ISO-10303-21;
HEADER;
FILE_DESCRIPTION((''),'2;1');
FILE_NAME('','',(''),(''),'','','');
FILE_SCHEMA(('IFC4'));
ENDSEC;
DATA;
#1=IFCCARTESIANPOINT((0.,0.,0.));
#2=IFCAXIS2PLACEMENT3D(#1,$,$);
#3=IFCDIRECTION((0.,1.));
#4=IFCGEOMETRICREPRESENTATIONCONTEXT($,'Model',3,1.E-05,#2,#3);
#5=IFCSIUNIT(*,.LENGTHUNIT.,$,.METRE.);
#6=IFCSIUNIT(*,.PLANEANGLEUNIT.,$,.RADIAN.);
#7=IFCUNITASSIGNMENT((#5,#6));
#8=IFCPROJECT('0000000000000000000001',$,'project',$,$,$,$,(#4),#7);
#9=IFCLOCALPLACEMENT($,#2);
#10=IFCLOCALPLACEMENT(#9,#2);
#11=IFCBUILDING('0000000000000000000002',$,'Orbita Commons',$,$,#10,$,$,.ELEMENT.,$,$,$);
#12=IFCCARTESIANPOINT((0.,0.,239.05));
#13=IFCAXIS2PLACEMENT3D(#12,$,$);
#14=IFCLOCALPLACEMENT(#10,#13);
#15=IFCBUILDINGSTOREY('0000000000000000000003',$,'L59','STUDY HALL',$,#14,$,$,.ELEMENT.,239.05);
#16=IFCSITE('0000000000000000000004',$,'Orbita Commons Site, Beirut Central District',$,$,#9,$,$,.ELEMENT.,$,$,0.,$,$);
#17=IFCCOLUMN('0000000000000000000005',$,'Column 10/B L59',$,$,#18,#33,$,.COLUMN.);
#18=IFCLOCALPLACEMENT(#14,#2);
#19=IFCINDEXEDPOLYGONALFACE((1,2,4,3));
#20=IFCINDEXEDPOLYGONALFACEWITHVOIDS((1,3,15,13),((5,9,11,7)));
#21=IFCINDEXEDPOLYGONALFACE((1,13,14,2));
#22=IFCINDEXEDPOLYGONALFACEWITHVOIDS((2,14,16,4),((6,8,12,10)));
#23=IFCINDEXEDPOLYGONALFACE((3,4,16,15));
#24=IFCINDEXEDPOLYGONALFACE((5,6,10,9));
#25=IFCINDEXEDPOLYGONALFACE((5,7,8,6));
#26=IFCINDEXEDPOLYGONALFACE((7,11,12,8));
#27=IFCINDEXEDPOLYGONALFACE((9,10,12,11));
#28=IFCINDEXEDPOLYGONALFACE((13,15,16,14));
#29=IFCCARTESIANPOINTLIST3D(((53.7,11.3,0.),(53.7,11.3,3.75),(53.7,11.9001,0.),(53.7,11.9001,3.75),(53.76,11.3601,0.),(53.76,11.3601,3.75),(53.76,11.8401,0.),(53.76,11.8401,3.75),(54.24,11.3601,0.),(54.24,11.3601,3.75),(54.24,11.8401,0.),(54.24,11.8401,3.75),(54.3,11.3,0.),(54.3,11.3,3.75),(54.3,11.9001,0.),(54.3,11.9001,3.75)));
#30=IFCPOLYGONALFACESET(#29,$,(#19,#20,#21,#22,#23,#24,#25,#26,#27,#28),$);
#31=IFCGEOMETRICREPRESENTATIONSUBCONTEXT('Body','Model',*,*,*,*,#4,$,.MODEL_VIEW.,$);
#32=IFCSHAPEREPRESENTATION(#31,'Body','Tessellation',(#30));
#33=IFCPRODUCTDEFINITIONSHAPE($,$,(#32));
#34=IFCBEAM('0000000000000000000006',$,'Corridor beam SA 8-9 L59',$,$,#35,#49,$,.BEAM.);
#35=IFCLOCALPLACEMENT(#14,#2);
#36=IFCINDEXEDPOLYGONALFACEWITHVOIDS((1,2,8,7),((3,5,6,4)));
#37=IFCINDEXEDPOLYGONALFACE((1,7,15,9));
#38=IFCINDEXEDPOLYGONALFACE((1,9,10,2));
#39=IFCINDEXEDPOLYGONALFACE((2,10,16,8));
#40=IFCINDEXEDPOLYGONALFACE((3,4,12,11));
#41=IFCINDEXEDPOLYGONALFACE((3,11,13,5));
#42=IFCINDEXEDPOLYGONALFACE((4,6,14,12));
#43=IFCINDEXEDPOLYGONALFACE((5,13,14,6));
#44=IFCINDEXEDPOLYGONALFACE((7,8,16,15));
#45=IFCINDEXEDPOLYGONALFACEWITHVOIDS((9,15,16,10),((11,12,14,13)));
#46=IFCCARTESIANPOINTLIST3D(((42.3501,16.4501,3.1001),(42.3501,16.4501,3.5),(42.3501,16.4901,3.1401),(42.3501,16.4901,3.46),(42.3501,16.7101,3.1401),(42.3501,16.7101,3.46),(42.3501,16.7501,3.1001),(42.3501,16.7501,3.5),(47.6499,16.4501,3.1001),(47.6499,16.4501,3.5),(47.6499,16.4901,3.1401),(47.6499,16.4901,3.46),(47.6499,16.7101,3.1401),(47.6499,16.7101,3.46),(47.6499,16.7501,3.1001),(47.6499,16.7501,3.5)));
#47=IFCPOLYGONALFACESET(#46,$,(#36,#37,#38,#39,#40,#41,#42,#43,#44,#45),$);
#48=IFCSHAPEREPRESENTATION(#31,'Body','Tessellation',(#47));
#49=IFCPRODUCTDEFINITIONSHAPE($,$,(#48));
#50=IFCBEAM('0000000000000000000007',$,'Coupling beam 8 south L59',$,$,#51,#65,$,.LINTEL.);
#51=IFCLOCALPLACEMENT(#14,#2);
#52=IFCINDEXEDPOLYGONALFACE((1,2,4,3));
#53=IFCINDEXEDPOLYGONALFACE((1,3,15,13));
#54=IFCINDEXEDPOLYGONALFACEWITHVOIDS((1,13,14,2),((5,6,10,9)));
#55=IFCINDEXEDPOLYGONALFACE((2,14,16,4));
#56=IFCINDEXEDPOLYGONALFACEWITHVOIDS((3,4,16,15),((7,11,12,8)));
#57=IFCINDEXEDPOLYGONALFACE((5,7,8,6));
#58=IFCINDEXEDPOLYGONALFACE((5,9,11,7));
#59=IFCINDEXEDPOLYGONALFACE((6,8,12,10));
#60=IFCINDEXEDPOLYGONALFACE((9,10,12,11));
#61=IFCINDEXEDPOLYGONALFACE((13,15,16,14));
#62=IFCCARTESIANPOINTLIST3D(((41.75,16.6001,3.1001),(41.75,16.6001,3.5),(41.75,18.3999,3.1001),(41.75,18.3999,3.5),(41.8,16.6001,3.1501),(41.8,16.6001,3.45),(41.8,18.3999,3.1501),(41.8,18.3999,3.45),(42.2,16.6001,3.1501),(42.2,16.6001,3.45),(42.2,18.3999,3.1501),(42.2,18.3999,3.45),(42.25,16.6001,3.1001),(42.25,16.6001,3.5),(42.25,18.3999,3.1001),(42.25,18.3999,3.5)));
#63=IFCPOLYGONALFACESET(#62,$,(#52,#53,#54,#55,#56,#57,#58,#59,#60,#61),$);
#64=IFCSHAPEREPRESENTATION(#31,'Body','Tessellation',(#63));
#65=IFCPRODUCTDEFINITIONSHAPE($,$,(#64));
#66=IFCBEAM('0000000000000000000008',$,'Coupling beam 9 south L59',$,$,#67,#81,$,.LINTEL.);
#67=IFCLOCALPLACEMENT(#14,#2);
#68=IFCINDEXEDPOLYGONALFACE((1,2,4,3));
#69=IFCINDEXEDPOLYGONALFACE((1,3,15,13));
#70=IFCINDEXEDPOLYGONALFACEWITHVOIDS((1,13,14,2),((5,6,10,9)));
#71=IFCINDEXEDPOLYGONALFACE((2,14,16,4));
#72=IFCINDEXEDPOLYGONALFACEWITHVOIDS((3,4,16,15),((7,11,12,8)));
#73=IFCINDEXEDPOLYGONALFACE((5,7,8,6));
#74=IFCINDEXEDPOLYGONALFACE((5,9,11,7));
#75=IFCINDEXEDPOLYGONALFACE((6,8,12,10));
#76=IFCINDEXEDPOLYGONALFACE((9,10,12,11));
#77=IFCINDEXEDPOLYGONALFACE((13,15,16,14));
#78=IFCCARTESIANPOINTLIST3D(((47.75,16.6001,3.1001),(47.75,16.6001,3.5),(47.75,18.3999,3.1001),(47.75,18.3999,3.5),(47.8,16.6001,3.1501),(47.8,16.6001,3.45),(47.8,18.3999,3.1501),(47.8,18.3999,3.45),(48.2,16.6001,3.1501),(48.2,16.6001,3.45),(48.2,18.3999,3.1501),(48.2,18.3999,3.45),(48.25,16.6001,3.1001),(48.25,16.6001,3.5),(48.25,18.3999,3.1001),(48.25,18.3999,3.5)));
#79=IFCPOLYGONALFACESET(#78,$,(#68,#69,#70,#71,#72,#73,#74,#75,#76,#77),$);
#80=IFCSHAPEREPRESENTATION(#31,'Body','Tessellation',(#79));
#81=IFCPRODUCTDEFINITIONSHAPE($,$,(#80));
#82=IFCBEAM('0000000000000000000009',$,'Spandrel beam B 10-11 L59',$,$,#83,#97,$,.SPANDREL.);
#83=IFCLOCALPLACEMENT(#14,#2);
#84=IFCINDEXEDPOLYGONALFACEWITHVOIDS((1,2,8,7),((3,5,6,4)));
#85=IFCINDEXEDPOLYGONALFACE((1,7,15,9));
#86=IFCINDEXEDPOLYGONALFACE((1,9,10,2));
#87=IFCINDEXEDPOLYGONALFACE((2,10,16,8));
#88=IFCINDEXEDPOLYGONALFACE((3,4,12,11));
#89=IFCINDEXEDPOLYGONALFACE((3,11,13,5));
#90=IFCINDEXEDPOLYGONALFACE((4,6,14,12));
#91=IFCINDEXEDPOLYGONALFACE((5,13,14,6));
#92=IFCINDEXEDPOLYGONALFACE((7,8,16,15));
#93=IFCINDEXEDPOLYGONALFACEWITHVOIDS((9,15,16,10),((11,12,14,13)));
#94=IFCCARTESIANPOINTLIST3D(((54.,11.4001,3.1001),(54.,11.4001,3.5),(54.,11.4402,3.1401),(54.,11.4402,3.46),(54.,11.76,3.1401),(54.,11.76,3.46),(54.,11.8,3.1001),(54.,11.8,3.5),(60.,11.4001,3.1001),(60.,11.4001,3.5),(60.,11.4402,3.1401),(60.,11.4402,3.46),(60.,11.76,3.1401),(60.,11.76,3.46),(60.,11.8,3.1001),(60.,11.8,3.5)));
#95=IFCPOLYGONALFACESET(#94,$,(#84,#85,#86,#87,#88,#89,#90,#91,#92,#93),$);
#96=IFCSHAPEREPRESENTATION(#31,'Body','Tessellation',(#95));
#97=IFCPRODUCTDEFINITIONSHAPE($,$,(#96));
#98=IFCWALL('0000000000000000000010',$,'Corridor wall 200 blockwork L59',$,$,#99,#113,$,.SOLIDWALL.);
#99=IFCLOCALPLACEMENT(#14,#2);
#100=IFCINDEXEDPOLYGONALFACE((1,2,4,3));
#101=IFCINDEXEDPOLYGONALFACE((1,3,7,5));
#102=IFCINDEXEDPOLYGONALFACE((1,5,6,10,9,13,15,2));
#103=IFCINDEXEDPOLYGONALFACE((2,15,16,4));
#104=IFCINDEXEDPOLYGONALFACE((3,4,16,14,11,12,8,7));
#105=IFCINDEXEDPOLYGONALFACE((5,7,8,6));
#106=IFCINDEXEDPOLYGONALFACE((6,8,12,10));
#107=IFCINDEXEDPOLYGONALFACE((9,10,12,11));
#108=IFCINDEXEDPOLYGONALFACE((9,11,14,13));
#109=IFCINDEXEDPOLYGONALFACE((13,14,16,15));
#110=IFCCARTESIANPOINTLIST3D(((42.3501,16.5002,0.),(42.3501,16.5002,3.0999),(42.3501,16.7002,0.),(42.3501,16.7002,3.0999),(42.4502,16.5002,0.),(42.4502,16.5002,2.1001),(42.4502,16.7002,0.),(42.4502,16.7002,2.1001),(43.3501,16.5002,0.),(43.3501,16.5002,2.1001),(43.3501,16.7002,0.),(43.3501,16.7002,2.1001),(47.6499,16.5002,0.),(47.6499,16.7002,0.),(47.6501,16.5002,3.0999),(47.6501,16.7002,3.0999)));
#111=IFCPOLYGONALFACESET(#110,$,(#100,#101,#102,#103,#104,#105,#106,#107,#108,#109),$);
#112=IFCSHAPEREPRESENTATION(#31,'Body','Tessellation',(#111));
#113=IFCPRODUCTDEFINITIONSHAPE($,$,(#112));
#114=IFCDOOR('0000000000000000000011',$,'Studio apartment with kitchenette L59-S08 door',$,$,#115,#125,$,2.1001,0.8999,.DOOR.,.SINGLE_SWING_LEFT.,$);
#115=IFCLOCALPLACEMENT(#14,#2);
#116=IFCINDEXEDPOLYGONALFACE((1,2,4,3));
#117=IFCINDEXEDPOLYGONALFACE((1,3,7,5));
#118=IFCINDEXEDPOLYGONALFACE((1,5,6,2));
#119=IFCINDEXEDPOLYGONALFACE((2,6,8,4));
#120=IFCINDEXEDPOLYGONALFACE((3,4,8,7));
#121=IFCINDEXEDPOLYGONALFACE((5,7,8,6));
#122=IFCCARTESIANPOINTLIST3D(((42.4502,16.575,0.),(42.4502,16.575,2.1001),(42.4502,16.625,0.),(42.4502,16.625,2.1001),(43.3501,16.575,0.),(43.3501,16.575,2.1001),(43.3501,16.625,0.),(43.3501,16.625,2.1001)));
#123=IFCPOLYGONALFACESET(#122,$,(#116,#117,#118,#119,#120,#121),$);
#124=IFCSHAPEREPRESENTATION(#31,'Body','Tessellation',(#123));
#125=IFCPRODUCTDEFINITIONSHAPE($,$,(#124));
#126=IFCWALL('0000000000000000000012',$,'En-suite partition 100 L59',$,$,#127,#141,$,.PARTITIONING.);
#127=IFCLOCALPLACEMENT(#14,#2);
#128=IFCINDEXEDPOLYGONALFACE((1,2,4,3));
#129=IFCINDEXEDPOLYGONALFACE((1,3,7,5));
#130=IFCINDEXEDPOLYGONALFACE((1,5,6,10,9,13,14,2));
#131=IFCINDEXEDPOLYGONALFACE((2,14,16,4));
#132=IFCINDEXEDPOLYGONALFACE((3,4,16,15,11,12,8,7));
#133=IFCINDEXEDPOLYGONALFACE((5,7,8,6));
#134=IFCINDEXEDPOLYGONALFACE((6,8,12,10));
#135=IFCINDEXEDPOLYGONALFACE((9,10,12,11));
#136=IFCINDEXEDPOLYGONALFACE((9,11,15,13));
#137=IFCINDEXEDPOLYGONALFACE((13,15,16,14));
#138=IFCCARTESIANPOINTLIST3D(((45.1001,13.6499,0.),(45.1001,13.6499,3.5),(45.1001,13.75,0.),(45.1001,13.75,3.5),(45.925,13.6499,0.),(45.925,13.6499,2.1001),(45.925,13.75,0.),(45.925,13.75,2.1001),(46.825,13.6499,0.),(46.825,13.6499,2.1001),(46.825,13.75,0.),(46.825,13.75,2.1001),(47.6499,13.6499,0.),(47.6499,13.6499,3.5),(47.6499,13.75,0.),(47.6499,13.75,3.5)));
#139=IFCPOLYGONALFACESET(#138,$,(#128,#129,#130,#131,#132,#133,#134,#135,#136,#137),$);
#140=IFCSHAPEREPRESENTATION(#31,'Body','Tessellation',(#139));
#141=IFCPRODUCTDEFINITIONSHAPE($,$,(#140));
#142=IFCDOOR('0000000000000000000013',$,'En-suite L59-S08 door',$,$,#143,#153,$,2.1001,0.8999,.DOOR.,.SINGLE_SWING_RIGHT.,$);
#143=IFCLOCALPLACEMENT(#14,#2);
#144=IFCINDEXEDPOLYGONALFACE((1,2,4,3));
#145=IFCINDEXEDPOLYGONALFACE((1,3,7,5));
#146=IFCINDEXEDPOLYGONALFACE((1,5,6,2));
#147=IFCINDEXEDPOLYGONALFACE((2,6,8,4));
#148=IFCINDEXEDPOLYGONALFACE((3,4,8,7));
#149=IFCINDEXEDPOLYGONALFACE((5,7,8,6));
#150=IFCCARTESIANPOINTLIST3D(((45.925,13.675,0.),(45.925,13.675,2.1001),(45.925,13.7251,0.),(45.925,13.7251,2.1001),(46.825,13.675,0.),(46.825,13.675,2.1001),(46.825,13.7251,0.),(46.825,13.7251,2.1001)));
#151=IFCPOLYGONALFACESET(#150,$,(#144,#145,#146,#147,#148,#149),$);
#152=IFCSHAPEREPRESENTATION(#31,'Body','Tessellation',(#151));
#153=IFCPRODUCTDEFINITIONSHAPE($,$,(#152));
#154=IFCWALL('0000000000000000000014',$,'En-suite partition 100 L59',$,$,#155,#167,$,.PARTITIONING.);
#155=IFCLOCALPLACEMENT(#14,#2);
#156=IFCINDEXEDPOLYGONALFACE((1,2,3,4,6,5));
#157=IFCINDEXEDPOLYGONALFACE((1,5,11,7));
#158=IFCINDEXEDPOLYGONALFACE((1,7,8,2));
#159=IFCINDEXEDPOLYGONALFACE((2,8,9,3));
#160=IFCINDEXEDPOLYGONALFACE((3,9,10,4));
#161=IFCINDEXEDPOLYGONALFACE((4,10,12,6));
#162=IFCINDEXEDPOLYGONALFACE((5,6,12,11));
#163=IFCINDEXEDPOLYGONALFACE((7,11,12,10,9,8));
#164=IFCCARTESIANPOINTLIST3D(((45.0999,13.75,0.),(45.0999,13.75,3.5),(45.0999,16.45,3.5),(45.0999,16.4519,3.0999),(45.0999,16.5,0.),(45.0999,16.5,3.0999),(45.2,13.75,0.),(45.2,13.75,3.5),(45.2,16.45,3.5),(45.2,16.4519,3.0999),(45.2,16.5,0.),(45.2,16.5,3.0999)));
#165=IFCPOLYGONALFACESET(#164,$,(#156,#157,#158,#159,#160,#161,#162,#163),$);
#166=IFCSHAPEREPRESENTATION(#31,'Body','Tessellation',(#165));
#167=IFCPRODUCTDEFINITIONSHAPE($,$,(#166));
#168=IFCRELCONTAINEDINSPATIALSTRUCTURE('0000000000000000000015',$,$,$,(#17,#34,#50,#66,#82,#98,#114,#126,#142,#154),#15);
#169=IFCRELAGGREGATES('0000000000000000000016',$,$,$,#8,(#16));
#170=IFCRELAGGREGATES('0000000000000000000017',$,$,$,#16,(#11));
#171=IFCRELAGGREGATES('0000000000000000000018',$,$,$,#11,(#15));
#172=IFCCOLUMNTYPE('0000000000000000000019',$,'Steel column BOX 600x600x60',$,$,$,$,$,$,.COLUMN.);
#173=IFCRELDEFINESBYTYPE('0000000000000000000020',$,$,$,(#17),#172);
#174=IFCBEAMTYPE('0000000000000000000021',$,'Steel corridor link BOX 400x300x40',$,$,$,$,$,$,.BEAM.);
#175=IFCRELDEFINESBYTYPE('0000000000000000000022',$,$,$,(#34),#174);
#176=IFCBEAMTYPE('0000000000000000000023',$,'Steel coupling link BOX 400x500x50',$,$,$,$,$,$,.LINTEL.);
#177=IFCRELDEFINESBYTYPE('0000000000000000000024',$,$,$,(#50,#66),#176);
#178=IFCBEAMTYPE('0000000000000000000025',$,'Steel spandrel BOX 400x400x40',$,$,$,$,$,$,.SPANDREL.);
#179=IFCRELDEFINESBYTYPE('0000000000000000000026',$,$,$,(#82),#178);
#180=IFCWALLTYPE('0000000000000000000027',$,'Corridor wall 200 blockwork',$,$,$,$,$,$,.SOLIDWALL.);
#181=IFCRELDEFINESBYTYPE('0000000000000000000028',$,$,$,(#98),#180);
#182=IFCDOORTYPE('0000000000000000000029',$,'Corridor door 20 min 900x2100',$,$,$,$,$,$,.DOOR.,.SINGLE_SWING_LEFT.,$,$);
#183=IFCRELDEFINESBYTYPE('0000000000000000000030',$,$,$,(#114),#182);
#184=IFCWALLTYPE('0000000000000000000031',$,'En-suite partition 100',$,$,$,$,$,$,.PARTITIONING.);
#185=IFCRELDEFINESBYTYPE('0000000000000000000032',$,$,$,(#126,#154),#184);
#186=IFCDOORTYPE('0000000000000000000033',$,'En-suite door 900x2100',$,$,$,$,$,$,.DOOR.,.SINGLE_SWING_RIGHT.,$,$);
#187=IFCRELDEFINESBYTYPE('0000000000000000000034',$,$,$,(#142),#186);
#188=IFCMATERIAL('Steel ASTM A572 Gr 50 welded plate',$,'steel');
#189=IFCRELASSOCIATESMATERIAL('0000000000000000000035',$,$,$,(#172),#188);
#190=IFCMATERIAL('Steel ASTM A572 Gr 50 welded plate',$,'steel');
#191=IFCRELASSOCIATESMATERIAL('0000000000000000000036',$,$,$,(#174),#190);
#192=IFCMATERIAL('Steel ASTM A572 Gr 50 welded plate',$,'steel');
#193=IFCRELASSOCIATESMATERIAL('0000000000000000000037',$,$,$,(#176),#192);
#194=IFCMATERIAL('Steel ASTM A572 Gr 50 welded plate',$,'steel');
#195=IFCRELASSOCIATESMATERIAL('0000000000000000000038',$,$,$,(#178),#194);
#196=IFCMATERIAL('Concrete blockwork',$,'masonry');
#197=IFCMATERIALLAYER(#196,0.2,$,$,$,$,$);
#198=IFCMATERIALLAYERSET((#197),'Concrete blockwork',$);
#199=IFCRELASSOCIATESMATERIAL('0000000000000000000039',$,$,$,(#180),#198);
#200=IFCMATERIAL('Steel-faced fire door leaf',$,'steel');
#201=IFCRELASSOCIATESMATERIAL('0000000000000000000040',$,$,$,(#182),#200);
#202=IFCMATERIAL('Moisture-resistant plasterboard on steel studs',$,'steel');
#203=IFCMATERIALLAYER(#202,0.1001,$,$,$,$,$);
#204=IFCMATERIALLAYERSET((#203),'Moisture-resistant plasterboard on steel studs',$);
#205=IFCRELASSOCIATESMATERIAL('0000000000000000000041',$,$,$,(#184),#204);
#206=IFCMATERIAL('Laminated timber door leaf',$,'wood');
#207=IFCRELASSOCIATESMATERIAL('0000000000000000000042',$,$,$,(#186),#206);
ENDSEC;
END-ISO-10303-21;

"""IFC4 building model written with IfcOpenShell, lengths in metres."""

from ifc_helpers import new_model, si_unit, direction, frame, frame_2d, origin, origin_2d, place, context, subcontext, project, spatial, polyline, rectangle, hollow_rectangle, outline, extrude, material, layer, layer_set, material_profile, profile_set, type_object, element, fill, save


model = new_model("IFC4")

# Units and contexts
model_context = context("Model", 3, precision=1e-05, world=origin(), true_north=direction((0.0, 1.0)))
body_context = subcontext(model_context, "Body", "Model", "MODEL_VIEW")
ifc_project = project(units=[si_unit("LENGTHUNIT", "METRE"), si_unit("PLANEANGLEUNIT", "RADIAN")], contexts=[model_context])

# Site, building, storey
site_placement = place(None, origin())
site = spatial("IfcSite", under=ifc_project, at=site_placement, Name="Orbita Commons Site, Beirut Central District", CompositionType="ELEMENT", RefElevation=0.0)
building_placement = place(site_placement, origin())
building = spatial("IfcBuilding", under=site, at=building_placement, Name="Orbita Commons", CompositionType="ELEMENT")
storey_placement = place(building_placement, frame((0.0, 0.0, 239.05)))
storey = spatial("IfcBuildingStorey", under=building, at=storey_placement, Name="L59", Description="STUDY HALL", CompositionType="ELEMENT", Elevation=239.05)

# Column
ifc_material_1 = material(Name="Steel ASTM A572 Gr 50 welded plate", Category="steel")
ifc_material_profile_1 = material_profile(ifc_material_1, hollow_rectangle(XDim=0.6001, YDim=0.6001, WallThickness=0.0601, at=origin_2d()), Name="BOX 600x600x60")
ifc_profile_set_1 = profile_set([ifc_material_profile_1], Name="Steel ASTM A572 Gr 50 welded plate")
column_type = type_object("IfcColumnType", Name="Steel column BOX 600x600x60", PredefinedType="COLUMN", material=ifc_profile_set_1)
column_placement = place(storey_placement, frame((54.0, 11.6001, 0.0), z_axis=(0.0, 0.0, 1.0), x_axis=(1.0, 0.0, 0.0)))
element("IfcColumn", 1, at=column_placement, inside=storey, type_object=column_type, Name="Column 10/B L59", PredefinedType="COLUMN", context=body_context, shape_type="SweptSolid", body=[
    extrude(hollow_rectangle(XDim=0.6001, YDim=0.6001, WallThickness=0.0601, at=origin_2d()), origin(), (0.0, 0.0, 1.0), 3.75),
])

# Beams
ifc_material_2 = material(Name="Steel ASTM A572 Gr 50 welded plate", Category="steel")
ifc_material_profile_2 = material_profile(ifc_material_2, hollow_rectangle(XDim=0.3, YDim=0.3999, WallThickness=0.04, at=origin_2d()), Name="BOX 400x300x40")
ifc_profile_set_2 = profile_set([ifc_material_profile_2], Name="Steel ASTM A572 Gr 50 welded plate")
beam_type_1 = type_object("IfcBeamType", Name="Steel corridor link BOX 400x300x40", PredefinedType="BEAM", material=ifc_profile_set_2)
beam_1_placement = place(storey_placement, frame((42.3501, 16.6001, 3.3), z_axis=(1.0, 0.0, 0.0), x_axis=(0.0, 1.0, 0.0)))
element("IfcBeam", 2, at=beam_1_placement, inside=storey, type_object=beam_type_1, Name="Corridor beam SA 8-9 L59", PredefinedType="BEAM", context=body_context, shape_type="SweptSolid", body=[
    extrude(hollow_rectangle(XDim=0.3, YDim=0.3999, WallThickness=0.04, at=origin_2d()), origin(), (0.0, 0.0, 1.0), 5.2998),
])
ifc_material_3 = material(Name="Steel ASTM A572 Gr 50 welded plate", Category="steel")
ifc_material_profile_3 = material_profile(ifc_material_3, hollow_rectangle(XDim=0.5, YDim=0.3999, WallThickness=0.05, at=origin_2d()), Name="BOX 400x500x50")
ifc_profile_set_3 = profile_set([ifc_material_profile_3], Name="Steel ASTM A572 Gr 50 welded plate")
beam_type_2 = type_object("IfcBeamType", Name="Steel coupling link BOX 400x500x50", PredefinedType="LINTEL", material=ifc_profile_set_3)
for number, where, z_axis, x_axis, name in (
    (3, (42.0, 16.6001, 3.3), (0.0, 1.0, 0.0), (-1.0, 0.0, 0.0), "Coupling beam 8 south L59"),
    (4, (48.0, 16.6001, 3.3), (0.0, 1.0, 0.0), (-1.0, 0.0, 0.0), "Coupling beam 9 south L59"),
):
    element("IfcBeam", number, at=place(storey_placement, frame(where, z_axis=z_axis, x_axis=x_axis)), inside=storey, type_object=beam_type_2, Name=name, PredefinedType="LINTEL", context=body_context, shape_type="SweptSolid", body=[
        extrude(hollow_rectangle(XDim=0.5, YDim=0.3999, WallThickness=0.05, at=origin_2d()), origin(), (0.0, 0.0, 1.0), 1.7998),
    ])
ifc_material_4 = material(Name="Steel ASTM A572 Gr 50 welded plate", Category="steel")
ifc_material_profile_4 = material_profile(ifc_material_4, hollow_rectangle(XDim=0.3999, YDim=0.3999, WallThickness=0.04, at=origin_2d()), Name="BOX 400x400x40")
ifc_profile_set_4 = profile_set([ifc_material_profile_4], Name="Steel ASTM A572 Gr 50 welded plate")
beam_type_3 = type_object("IfcBeamType", Name="Steel spandrel BOX 400x400x40", PredefinedType="SPANDREL", material=ifc_profile_set_4)
beam_2_placement = place(storey_placement, frame((54.0, 11.6001, 3.3), z_axis=(1.0, 0.0, 0.0), x_axis=(0.0, 1.0, 0.0)))
element("IfcBeam", 5, at=beam_2_placement, inside=storey, type_object=beam_type_3, Name="Spandrel beam B 10-11 L59", PredefinedType="SPANDREL", context=body_context, shape_type="SweptSolid", body=[
    extrude(hollow_rectangle(XDim=0.3999, YDim=0.3999, WallThickness=0.04, at=origin_2d()), origin(), (0.0, 0.0, 1.0), 6.0),
])

# Walls, openings, doors
ifc_material_5 = material(Name="Concrete blockwork", Category="masonry")
ifc_layer_1 = layer(ifc_material_5, 0.2)
ifc_layer_set_1 = layer_set([ifc_layer_1], Name="Concrete blockwork")
wall_type_1 = type_object("IfcWallType", Name="Corridor wall 200 blockwork", PredefinedType="SOLIDWALL", material=ifc_layer_set_1)
wall_1_placement = place(storey_placement, frame((42.3501, 16.6001, 0.0), z_axis=(0.0, 0.0, 1.0), x_axis=(1.0, 0.0, 0.0)))
wall_1 = element("IfcWall", 6, at=wall_1_placement, inside=storey, type_object=wall_type_1, Name="Corridor wall 200 blockwork L59", PredefinedType="SOLIDWALL", context=body_context, shape_type="SweptSolid", body=[
    extrude(outline(polyline([(0.0, 0.0), (5.2998, 0.0), (5.3, 3.0999), (0.0, 3.0999), (0.0, 0.0)])), frame((0.0, 0.1001, 0.0), z_axis=(0.0, -1.0, 0.0), x_axis=(1.0, 0.0, 0.0)), (0.0, 0.0, 1.0), 0.2),
])
opening_1_placement = place(wall_1_placement, frame((0.1001, 0.0, 0.0)))
opening_1 = element("IfcOpeningElement", 7, at=opening_1_placement, cuts=wall_1, PredefinedType="OPENING", context=body_context, shape_type="SweptSolid", body=[
    extrude(rectangle(XDim=0.8999, YDim=2.1001, at=frame_2d((0.45, 1.05))), frame((0.0, 0.1099, 0.0), z_axis=(0.0, -1.0, 0.0), x_axis=(1.0, 0.0, 0.0)), (0.0, 0.0, 1.0), 0.22),
])
ifc_material_6 = material(Name="Steel-faced fire door leaf", Category="steel")
door_type_1 = type_object("IfcDoorType", Name="Corridor door 20 min 900x2100", OperationType="SINGLE_SWING_LEFT", PredefinedType="DOOR", material=ifc_material_6)
door_1_placement = place(opening_1_placement, origin())
door_1 = element("IfcDoor", 8, at=door_1_placement, inside=storey, type_object=door_type_1, Name="Studio apartment with kitchenette L59-S08 door", OperationType="SINGLE_SWING_LEFT", OverallHeight=2.1001, OverallWidth=0.8999, PredefinedType="DOOR", context=body_context, shape_type="SweptSolid", body=[
    extrude(rectangle(XDim=0.8999, YDim=2.1001, at=frame_2d((0.45, 1.05))), frame((0.0, 0.0249, 0.0), z_axis=(0.0, -1.0, 0.0), x_axis=(1.0, 0.0, 0.0)), (0.0, 0.0, 1.0), 0.05),
])
fill(opening_1, door_1)
ifc_material_7 = material(Name="Moisture-resistant plasterboard on steel studs", Category="steel")
ifc_layer_2 = layer(ifc_material_7, 0.1001)
ifc_layer_set_2 = layer_set([ifc_layer_2], Name="Moisture-resistant plasterboard on steel studs")
wall_type_2 = type_object("IfcWallType", Name="En-suite partition 100", PredefinedType="PARTITIONING", material=ifc_layer_set_2)
wall_2_placement = place(storey_placement, frame((47.6499, 13.7, 0.0), z_axis=(0.0, 0.0, 1.0), x_axis=(-1.0, 0.0, 0.0)))
wall_2 = element("IfcWall", 9, at=wall_2_placement, inside=storey, type_object=wall_type_2, Name="En-suite partition 100 L59", PredefinedType="PARTITIONING", context=body_context, shape_type="SweptSolid", body=[
    extrude(rectangle(XDim=2.5498, YDim=0.1001, at=frame_2d((1.2749, 0.0))), origin(), (0.0, 0.0, 1.0), 3.5),
])
opening_2_placement = place(wall_2_placement, frame((0.825, 0.0, 0.0)))
opening_2 = element("IfcOpeningElement", 10, at=opening_2_placement, cuts=wall_2, PredefinedType="OPENING", context=body_context, shape_type="SweptSolid", body=[
    extrude(rectangle(XDim=0.8999, YDim=2.1001, at=frame_2d((0.45, 1.05))), frame((0.0, 0.0601, 0.0), z_axis=(0.0, -1.0, 0.0), x_axis=(1.0, 0.0, 0.0)), (0.0, 0.0, 1.0), 0.1201),
])
ifc_material_8 = material(Name="Laminated timber door leaf", Category="wood")
door_type_2 = type_object("IfcDoorType", Name="En-suite door 900x2100", OperationType="SINGLE_SWING_RIGHT", PredefinedType="DOOR", material=ifc_material_8)
door_2_placement = place(opening_2_placement, origin())
door_2 = element("IfcDoor", 11, at=door_2_placement, inside=storey, type_object=door_type_2, Name="En-suite L59-S08 door", OperationType="SINGLE_SWING_RIGHT", OverallHeight=2.1001, OverallWidth=0.8999, PredefinedType="DOOR", context=body_context, shape_type="SweptSolid", body=[
    extrude(rectangle(XDim=0.8999, YDim=2.1001, at=frame_2d((0.45, 1.05))), frame((0.0, 0.0249, 0.0), z_axis=(0.0, -1.0, 0.0), x_axis=(1.0, 0.0, 0.0)), (0.0, 0.0, 1.0), 0.05),
])
fill(opening_2, door_2)

# Wall
wall_3_placement = place(storey_placement, frame((45.1499, 13.75, 0.0), z_axis=(0.0, 0.0, 1.0), x_axis=(0.0, 1.0, 0.0)))
element("IfcWall", 12, at=wall_3_placement, inside=storey, type_object=wall_type_2, Name="En-suite partition 100 L59", PredefinedType="PARTITIONING", context=body_context, shape_type="SweptSolid", body=[
    extrude(outline(polyline([(0.0, 0.0), (2.75, 0.0), (2.75, 3.0999), (2.7019, 3.0999), (2.7, 3.5), (0.0, 3.5), (0.0, 0.0)])), frame((0.0, 0.05, 0.0), z_axis=(0.0, -1.0, 0.0), x_axis=(1.0, 0.0, 0.0)), (0.0, 0.0, 1.0), 0.1001),
])

save(model, "model.ifc")
